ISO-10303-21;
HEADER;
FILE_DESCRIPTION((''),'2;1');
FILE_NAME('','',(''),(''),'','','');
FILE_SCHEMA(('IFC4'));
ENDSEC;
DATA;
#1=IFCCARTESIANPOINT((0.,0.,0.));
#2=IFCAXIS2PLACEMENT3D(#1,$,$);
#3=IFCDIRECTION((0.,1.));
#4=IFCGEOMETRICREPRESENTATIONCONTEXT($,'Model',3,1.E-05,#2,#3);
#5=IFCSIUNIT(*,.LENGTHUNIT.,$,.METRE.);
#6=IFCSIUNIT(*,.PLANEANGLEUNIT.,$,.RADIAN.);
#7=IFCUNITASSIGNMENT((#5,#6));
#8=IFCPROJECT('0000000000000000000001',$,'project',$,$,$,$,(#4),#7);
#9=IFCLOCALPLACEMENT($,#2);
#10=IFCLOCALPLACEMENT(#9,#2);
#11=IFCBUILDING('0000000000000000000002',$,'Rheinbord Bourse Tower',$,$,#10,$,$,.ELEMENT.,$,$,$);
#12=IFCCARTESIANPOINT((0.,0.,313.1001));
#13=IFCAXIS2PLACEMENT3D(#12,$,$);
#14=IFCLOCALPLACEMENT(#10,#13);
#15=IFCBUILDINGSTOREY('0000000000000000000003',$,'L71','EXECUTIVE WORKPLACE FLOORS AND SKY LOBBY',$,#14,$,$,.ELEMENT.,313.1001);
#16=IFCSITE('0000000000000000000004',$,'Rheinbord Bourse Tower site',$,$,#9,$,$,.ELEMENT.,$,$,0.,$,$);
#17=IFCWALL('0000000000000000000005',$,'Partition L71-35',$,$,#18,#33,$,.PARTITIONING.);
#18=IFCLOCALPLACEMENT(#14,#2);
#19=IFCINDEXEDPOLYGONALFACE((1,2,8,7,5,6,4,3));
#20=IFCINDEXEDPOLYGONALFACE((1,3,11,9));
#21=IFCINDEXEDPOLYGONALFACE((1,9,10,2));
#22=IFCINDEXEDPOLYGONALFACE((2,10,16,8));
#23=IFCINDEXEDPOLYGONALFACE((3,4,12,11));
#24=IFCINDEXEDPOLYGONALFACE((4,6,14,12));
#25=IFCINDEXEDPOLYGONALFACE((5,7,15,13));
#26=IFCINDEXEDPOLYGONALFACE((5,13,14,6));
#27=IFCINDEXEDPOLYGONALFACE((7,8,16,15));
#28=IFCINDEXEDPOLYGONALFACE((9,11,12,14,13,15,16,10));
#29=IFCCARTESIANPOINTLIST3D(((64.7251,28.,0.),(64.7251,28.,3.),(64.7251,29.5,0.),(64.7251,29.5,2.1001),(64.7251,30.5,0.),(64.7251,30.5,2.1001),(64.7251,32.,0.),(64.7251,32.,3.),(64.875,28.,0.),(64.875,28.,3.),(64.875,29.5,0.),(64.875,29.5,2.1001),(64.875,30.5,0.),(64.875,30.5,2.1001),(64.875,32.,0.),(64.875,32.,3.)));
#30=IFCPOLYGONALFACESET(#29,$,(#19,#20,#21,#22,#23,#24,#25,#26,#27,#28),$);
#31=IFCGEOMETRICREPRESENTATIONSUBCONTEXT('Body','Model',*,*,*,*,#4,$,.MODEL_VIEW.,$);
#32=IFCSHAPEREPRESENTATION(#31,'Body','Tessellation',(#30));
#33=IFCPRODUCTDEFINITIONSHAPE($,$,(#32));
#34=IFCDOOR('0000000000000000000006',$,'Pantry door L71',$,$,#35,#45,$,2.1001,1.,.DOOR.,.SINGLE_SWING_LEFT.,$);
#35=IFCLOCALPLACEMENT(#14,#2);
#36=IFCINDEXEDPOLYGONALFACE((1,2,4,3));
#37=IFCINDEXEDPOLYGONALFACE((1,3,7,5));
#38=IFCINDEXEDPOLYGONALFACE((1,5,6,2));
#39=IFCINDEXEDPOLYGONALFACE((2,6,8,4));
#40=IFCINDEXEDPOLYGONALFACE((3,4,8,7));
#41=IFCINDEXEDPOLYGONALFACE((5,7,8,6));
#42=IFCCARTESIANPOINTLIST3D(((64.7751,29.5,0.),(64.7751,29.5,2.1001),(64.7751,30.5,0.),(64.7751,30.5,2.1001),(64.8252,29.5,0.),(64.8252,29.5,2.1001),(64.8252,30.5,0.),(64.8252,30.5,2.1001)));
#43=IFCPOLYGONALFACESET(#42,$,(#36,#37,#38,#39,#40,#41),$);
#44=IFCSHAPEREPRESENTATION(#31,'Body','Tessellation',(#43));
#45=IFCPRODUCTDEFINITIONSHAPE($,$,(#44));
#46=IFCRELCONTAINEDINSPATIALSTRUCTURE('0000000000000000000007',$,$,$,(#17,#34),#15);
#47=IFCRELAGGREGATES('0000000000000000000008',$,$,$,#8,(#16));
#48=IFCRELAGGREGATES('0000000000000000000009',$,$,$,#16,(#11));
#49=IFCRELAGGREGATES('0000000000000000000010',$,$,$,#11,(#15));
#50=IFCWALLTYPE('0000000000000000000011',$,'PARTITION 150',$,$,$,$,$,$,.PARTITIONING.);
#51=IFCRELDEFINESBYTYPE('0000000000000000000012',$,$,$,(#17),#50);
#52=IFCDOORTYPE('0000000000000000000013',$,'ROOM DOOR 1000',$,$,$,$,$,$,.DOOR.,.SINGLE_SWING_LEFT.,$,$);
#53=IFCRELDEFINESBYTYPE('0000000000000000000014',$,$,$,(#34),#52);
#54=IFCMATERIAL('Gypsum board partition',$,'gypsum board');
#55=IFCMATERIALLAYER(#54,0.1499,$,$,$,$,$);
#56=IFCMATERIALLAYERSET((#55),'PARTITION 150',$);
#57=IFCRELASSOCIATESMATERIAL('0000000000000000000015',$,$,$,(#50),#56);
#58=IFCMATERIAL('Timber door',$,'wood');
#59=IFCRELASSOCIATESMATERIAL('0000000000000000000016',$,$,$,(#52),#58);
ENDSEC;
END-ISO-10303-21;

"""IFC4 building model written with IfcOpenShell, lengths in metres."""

from ifc_helpers import new_model, si_unit, direction, frame, frame_2d, origin, place, context, subcontext, project, spatial, rectangle, extrude, material, layer, layer_set, type_object, element, fill, save


model = new_model("IFC4")

# Units and contexts
model_context = context("Model", 3, precision=1e-05, world=origin(), true_north=direction((0.0, 1.0)))
body_context = subcontext(model_context, "Body", "Model", "MODEL_VIEW")
ifc_project = project(units=[si_unit("LENGTHUNIT", "METRE"), si_unit("PLANEANGLEUNIT", "RADIAN")], contexts=[model_context])

# Site, building, storey
site_placement = place(None, origin())
site = spatial("IfcSite", under=ifc_project, at=site_placement, Name="Rheinbord Bourse Tower site", CompositionType="ELEMENT", RefElevation=0.0)
building_placement = place(site_placement, origin())
building = spatial("IfcBuilding", under=site, at=building_placement, Name="Rheinbord Bourse Tower", CompositionType="ELEMENT")
storey_placement = place(building_placement, frame((0.0, 0.0, 313.1001)))
storey = spatial("IfcBuildingStorey", under=building, at=storey_placement, Name="L71", Description="EXECUTIVE WORKPLACE FLOORS AND SKY LOBBY", CompositionType="ELEMENT", Elevation=313.1001)

# Shared definitions
ifc_material_1 = material(Name="Gypsum board partition", Category="gypsum board")
ifc_layer_1 = layer(ifc_material_1, 0.1499)
ifc_layer_set_1 = layer_set([ifc_layer_1], Name="PARTITION 150")
wall_type = type_object("IfcWallType", Name="PARTITION 150", PredefinedType="PARTITIONING", material=ifc_layer_set_1)

# Shared definitions
ifc_material_2 = material(Name="Timber door", Category="wood")
door_type = type_object("IfcDoorType", Name="ROOM DOOR 1000", OperationType="SINGLE_SWING_LEFT", PredefinedType="DOOR", material=ifc_material_2)

# Wall, opening, door
wall_1_placement = place(storey_placement, frame((64.8, 28.0, 0.0), z_axis=(0.0, 0.0, 1.0), x_axis=(0.0, 1.0, 0.0)))
wall_1 = element("IfcWall", 1, at=wall_1_placement, inside=storey, type_object=wall_type, Name="Partition L71-35", PredefinedType="PARTITIONING", context=body_context, shape_type="SweptSolid", body=[
    extrude(rectangle(XDim=4.0, YDim=0.1499, at=frame_2d((2.0, 0.0))), origin(), (0.0, 0.0, 1.0), 3.0),
])
opening_1_placement = place(wall_1_placement, frame((1.5, 0.0, 0.0)))
opening_1 = element("IfcOpeningElement", 2, at=opening_1_placement, cuts=wall_1, PredefinedType="OPENING", context=body_context, shape_type="SweptSolid", body=[
    extrude(rectangle(XDim=1.0, YDim=2.1001, at=frame_2d((0.5, 1.05))), frame((0.0, 0.085, 0.0), z_axis=(0.0, -1.0, 0.0), x_axis=(1.0, 0.0, 0.0)), (0.0, 0.0, 1.0), 0.1699),
])
door_1_placement = place(opening_1_placement, origin())
door_1 = element("IfcDoor", 3, at=door_1_placement, inside=storey, type_object=door_type, Name="Pantry door L71", OperationType="SINGLE_SWING_LEFT", OverallHeight=2.1001, OverallWidth=1.0, PredefinedType="DOOR", context=body_context, shape_type="SweptSolid", body=[
    extrude(rectangle(XDim=1.0, YDim=2.1001, at=frame_2d((0.5, 1.05))), frame((0.0, 0.0249, 0.0), z_axis=(0.0, -1.0, 0.0), x_axis=(1.0, 0.0, 0.0)), (0.0, 0.0, 1.0), 0.05),
])
fill(opening_1, door_1)

save(model, "model.ifc")
